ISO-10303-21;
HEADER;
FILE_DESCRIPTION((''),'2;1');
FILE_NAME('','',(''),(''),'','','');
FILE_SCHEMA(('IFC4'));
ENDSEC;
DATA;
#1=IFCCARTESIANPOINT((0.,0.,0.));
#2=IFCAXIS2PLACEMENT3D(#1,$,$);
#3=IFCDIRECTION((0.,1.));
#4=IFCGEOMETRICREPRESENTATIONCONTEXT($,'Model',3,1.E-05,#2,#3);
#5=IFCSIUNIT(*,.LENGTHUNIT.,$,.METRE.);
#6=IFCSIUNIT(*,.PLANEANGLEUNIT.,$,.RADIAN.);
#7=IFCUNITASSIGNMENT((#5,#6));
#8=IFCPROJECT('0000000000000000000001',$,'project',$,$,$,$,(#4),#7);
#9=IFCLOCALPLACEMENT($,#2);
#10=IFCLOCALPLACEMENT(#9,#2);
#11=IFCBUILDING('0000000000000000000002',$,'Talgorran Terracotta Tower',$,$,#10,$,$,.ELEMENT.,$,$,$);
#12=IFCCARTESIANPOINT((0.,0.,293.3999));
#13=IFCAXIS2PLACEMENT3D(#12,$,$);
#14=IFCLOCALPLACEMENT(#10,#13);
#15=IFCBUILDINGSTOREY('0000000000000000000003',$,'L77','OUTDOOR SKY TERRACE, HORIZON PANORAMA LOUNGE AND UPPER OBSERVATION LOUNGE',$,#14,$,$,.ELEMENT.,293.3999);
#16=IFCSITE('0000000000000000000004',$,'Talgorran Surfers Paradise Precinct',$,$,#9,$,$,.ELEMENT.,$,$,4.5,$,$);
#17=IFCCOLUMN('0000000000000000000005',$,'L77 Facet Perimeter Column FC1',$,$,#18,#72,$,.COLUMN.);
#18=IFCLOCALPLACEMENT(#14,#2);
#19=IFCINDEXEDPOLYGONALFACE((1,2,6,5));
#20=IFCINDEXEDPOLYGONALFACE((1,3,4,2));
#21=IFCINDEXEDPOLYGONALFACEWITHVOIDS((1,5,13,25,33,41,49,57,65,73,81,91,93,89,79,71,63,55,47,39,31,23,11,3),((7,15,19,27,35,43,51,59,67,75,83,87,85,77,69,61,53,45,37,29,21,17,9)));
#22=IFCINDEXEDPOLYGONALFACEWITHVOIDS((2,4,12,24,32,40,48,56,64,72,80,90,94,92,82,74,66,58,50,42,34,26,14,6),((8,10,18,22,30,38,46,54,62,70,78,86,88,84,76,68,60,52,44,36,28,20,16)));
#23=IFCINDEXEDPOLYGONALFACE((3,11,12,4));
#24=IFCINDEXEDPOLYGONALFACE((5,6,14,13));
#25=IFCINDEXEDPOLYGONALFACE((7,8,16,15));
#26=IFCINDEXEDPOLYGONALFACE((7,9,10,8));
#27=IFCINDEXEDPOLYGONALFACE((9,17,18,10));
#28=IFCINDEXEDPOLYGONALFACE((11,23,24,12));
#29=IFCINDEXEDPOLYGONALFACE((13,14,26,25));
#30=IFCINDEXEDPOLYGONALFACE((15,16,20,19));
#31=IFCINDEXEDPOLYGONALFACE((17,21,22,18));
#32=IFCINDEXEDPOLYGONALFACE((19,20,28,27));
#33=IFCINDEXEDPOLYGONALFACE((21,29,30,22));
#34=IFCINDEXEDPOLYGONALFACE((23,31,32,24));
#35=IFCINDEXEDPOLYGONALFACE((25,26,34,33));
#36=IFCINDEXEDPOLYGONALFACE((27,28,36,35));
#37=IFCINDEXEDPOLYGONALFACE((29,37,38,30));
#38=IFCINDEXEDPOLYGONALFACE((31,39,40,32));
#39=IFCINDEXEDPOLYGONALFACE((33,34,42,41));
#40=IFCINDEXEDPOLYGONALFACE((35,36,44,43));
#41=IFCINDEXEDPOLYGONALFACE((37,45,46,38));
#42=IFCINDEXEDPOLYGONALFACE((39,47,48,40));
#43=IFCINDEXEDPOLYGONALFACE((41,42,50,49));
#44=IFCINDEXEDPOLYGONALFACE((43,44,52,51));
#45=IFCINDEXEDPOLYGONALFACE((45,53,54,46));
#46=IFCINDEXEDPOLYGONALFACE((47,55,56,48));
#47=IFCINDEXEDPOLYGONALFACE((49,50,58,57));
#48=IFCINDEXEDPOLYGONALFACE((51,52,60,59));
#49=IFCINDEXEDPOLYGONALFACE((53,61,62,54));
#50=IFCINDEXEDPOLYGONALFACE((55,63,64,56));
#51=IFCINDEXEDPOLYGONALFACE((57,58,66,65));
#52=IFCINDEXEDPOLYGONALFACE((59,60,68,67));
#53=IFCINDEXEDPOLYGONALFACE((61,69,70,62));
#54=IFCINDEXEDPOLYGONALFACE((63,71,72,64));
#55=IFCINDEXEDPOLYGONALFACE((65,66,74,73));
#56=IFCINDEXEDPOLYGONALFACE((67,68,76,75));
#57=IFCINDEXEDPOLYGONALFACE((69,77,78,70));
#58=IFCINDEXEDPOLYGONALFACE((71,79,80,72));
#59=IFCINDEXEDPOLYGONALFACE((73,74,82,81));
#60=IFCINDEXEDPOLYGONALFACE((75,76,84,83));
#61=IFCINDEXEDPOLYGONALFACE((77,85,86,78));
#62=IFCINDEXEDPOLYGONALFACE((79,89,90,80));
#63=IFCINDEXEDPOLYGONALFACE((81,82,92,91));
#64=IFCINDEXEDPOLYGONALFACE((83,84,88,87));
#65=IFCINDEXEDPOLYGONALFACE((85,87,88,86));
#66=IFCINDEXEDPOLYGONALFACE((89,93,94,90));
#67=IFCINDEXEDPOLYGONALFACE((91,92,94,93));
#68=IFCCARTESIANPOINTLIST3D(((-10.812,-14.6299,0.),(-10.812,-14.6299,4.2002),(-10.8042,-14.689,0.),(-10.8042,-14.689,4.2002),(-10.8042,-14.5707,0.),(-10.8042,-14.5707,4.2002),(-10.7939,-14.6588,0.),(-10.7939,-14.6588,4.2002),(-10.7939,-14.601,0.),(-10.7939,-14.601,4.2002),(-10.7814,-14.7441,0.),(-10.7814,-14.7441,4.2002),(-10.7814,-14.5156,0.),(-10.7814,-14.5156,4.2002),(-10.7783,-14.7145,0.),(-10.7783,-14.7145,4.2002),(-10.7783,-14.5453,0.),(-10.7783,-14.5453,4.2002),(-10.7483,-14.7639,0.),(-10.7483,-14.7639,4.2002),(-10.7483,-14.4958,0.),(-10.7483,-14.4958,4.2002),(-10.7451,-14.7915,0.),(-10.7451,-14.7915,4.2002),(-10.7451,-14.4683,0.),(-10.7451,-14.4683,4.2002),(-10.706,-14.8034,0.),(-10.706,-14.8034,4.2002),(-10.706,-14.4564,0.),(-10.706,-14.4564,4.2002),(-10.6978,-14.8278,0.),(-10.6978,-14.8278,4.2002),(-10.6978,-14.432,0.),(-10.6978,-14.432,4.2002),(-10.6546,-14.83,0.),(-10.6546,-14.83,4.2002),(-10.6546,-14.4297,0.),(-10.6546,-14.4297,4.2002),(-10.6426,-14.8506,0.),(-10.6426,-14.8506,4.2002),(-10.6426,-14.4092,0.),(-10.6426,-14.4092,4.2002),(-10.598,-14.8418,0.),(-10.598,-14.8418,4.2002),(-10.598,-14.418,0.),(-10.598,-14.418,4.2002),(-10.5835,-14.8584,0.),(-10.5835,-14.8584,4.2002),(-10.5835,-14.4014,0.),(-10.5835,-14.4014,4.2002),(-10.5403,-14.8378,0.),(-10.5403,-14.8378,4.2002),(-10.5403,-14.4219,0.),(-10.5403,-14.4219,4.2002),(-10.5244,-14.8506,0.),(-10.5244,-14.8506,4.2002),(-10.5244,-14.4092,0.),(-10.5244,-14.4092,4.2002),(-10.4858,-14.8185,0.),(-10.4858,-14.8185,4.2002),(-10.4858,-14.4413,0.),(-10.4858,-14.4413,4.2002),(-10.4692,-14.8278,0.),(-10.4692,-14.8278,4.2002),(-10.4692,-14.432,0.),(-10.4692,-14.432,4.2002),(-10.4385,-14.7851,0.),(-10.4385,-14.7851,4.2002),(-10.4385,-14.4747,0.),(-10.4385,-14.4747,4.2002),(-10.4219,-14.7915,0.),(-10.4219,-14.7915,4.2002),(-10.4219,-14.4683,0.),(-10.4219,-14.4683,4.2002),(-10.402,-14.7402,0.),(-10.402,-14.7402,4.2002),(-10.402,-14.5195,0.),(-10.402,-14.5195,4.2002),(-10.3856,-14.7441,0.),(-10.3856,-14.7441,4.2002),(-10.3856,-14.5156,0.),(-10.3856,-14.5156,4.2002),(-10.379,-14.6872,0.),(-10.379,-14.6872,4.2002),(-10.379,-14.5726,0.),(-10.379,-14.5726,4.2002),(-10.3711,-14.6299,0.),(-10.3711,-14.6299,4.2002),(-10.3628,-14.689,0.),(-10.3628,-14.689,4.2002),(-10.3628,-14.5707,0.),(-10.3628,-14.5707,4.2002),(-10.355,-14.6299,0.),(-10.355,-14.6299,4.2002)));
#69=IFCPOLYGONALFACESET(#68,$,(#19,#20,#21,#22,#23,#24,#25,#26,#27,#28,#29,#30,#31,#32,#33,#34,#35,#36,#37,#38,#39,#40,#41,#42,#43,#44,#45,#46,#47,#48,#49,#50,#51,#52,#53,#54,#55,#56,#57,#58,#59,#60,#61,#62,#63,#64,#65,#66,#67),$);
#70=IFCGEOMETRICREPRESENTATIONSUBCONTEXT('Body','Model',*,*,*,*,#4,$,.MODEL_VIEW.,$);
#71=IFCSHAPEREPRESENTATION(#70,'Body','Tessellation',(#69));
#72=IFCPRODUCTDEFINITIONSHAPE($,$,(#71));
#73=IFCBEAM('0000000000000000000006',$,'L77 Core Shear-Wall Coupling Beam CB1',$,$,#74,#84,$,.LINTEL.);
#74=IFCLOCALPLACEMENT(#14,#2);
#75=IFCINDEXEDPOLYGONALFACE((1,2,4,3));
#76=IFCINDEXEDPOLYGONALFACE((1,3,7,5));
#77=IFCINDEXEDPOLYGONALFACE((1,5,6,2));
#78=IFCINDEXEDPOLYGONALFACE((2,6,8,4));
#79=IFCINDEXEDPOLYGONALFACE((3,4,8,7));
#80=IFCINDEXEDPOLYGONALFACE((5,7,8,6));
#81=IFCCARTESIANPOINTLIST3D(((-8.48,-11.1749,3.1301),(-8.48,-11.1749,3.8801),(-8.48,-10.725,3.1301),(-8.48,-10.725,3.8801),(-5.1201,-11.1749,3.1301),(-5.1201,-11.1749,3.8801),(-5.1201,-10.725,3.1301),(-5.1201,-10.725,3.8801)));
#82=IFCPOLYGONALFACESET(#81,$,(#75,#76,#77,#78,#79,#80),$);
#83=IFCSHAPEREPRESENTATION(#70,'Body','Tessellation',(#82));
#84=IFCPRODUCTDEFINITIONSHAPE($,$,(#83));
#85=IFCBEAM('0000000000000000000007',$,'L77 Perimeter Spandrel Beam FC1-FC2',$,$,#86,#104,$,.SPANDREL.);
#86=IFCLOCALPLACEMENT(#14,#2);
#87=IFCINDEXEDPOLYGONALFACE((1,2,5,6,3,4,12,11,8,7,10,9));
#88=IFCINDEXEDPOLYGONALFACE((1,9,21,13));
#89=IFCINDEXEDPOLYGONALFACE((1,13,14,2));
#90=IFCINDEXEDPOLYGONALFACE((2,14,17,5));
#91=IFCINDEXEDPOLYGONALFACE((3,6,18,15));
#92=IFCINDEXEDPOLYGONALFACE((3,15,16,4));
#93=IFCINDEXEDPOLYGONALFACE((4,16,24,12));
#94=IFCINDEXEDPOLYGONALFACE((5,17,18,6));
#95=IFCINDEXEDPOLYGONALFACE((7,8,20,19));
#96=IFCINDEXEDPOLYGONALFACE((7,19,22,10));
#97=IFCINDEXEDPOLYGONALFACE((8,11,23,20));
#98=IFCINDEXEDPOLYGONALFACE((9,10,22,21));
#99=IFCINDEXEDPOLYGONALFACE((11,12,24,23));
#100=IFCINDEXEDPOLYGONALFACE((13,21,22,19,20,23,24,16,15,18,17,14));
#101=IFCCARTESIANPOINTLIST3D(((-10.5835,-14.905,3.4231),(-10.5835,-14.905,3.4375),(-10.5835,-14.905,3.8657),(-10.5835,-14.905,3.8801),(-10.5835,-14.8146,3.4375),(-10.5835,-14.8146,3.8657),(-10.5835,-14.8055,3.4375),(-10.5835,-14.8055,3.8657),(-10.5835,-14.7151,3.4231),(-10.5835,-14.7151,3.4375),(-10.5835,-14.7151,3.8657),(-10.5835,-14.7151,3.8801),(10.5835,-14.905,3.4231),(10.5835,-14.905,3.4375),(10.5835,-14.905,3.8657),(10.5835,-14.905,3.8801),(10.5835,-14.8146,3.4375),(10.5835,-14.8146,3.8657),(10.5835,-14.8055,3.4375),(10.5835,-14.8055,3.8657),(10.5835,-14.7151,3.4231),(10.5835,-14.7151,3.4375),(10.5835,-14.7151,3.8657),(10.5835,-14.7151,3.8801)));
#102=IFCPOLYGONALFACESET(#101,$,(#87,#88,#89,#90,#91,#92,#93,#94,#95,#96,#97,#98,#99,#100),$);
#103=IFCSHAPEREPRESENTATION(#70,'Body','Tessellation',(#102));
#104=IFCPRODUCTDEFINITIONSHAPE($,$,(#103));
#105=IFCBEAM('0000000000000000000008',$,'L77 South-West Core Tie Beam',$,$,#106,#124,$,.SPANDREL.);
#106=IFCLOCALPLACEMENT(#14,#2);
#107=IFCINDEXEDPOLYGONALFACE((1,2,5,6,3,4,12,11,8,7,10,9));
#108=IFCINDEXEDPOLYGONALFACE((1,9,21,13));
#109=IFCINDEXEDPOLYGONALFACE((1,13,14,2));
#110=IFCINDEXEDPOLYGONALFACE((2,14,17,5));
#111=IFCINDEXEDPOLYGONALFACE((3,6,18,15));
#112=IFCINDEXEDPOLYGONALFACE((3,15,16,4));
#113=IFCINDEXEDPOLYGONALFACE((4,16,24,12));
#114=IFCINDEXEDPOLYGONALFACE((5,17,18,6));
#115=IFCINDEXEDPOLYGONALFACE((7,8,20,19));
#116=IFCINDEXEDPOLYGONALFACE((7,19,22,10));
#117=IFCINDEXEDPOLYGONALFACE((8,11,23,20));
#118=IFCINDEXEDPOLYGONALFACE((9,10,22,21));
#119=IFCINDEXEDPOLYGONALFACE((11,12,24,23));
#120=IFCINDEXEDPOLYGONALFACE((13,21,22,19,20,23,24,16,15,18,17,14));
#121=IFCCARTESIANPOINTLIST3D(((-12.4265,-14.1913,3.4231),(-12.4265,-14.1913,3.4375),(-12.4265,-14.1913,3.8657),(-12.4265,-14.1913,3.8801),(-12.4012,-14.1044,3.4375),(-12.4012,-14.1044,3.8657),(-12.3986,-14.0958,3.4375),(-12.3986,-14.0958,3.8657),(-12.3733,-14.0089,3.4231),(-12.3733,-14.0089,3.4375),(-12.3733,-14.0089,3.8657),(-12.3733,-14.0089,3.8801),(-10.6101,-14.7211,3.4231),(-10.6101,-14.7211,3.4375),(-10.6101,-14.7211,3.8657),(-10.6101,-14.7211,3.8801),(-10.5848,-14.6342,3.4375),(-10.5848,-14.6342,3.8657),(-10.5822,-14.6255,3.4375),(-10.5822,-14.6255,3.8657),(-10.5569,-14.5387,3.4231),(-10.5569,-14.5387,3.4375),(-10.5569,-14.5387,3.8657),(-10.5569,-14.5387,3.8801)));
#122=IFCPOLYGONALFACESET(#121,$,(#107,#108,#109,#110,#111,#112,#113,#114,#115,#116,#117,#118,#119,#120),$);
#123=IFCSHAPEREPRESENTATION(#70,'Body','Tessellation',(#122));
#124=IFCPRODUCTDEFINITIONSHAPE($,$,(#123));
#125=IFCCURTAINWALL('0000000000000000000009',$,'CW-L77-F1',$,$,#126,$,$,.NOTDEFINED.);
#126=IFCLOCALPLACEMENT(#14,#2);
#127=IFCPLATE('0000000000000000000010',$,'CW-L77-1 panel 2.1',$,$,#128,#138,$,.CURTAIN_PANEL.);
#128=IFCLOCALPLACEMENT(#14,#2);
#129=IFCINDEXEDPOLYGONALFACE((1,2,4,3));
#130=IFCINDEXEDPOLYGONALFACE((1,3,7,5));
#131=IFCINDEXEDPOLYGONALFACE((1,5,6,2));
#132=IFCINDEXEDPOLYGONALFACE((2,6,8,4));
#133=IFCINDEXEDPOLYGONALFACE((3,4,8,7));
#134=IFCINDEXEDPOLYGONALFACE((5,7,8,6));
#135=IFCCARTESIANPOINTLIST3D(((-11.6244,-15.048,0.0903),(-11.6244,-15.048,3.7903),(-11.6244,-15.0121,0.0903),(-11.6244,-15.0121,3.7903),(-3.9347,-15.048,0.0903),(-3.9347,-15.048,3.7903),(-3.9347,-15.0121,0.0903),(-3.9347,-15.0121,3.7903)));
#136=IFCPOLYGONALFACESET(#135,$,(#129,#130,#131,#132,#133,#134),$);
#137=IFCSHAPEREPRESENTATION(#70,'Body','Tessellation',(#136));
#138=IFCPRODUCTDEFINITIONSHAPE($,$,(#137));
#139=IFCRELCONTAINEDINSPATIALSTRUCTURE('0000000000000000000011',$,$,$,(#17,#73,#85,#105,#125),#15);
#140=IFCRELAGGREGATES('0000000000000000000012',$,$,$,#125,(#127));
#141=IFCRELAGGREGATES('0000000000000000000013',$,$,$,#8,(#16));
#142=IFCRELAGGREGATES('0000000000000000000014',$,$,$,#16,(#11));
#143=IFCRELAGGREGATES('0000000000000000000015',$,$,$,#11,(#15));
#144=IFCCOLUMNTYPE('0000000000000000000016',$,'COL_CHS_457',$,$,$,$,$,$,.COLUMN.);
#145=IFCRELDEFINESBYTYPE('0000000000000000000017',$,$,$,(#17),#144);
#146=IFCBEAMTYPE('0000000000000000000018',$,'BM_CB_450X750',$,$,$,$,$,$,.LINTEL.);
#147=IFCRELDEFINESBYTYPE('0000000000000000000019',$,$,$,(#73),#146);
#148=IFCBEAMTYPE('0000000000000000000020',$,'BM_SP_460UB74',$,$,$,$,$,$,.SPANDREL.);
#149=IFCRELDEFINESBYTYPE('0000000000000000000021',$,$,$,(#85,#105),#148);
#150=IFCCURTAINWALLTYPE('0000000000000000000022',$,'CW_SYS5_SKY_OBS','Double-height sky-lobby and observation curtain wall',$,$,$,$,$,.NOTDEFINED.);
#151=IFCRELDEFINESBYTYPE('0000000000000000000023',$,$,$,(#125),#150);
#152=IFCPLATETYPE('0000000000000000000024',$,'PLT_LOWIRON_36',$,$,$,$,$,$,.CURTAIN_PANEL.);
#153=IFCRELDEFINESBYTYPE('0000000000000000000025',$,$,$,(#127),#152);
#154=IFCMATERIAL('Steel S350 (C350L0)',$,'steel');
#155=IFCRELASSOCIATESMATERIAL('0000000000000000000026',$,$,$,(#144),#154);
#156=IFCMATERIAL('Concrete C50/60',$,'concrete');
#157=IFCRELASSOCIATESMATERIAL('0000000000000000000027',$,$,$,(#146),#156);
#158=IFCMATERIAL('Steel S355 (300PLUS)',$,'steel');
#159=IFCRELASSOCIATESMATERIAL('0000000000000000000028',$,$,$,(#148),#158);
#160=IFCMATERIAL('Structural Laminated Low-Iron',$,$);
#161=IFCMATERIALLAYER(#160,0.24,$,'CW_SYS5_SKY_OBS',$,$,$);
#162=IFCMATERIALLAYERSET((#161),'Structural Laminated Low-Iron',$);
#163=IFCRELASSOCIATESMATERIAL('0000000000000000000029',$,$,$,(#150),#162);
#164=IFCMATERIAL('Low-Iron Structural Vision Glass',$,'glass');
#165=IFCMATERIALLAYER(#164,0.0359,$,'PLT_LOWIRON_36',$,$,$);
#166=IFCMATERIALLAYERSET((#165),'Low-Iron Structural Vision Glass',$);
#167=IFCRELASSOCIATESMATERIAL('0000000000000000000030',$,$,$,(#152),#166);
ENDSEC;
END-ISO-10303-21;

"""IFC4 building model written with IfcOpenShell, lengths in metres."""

from ifc_helpers import new_model, si_unit, direction, frame, origin, origin_2d, place, context, subcontext, project, spatial, rectangle, hollow_circle, i_section, extrude, source, transform, mapped, material, layer, layer_set, material_profile, profile_set, type_object, type_shapes, element, aggregate, save


model = new_model("IFC4")

# Units and contexts
model_context = context("Model", 3, precision=1e-05, world=origin(), true_north=direction((0.0, 1.0)))
body_context = subcontext(model_context, "Body", "Model", "MODEL_VIEW")
ifc_project = project(units=[si_unit("LENGTHUNIT", "METRE"), si_unit("PLANEANGLEUNIT", "RADIAN")], contexts=[model_context])

# Site, building, storey
site_placement = place(None, origin())
site = spatial("IfcSite", under=ifc_project, at=site_placement, Name="Talgorran Surfers Paradise Precinct", CompositionType="ELEMENT", RefElevation=4.5)
building_placement = place(site_placement, origin())
building = spatial("IfcBuilding", under=site, at=building_placement, Name="Talgorran Terracotta Tower", CompositionType="ELEMENT")
storey_placement = place(building_placement, frame((0.0, 0.0, 293.3999)))
storey = spatial("IfcBuildingStorey", under=building, at=storey_placement, Name="L77", Description="OUTDOOR SKY TERRACE, HORIZON PANORAMA LOUNGE AND UPPER OBSERVATION LOUNGE", CompositionType="ELEMENT", Elevation=293.3999)

# Column
ifc_material_1 = material(Name="Steel S350 (C350L0)", Category="steel")
ifc_material_profile_1 = material_profile(ifc_material_1, hollow_circle(Radius=0.2285, WallThickness=0.0161, at=origin_2d()), Name="CHS457X16")
ifc_profile_set_1 = profile_set([ifc_material_profile_1], Name="Steel S350 (C350L0)")
column_type = type_object("IfcColumnType", Name="COL_CHS_457", PredefinedType="COLUMN", material=ifc_profile_set_1)
column_placement = place(storey_placement, frame((-10.5835, -14.6299, 0.0), z_axis=(0.0, 0.0, 1.0), x_axis=(1.0, 0.0, 0.0)))
element("IfcColumn", 1, at=column_placement, inside=storey, type_object=column_type, Name="L77 Facet Perimeter Column FC1", PredefinedType="COLUMN", context=body_context, shape_type="SweptSolid", body=[
    extrude(hollow_circle(Radius=0.2285, WallThickness=0.0161, at=origin_2d()), origin(), (0.0, 0.0, 1.0), 4.2002),
])

# Beams
ifc_material_2 = material(Name="Concrete C50/60", Category="concrete")
ifc_material_profile_2 = material_profile(ifc_material_2, rectangle(XDim=0.45, YDim=0.75, at=origin_2d()), Name="RCCB450X750")
ifc_profile_set_2 = profile_set([ifc_material_profile_2], Name="Concrete C50/60")
beam_type_1 = type_object("IfcBeamType", Name="BM_CB_450X750", PredefinedType="LINTEL", material=ifc_profile_set_2)
beam_1_placement = place(storey_placement, frame((-8.48, -10.95, 3.5051), z_axis=(1.0, 0.0, 0.0), x_axis=(0.0, 1.0, 0.0)))
element("IfcBeam", 2, at=beam_1_placement, inside=storey, type_object=beam_type_1, Name="L77 Core Shear-Wall Coupling Beam CB1", PredefinedType="LINTEL", context=body_context, shape_type="SweptSolid", body=[
    extrude(rectangle(XDim=0.45, YDim=0.75, at=origin_2d()), origin(), (0.0, 0.0, 1.0), 3.3599),
])
ifc_material_3 = material(Name="Steel S355 (300PLUS)", Category="steel")
ifc_material_profile_3 = material_profile(ifc_material_3, i_section(OverallWidth=0.1899, OverallDepth=0.457, WebThickness=0.009, FlangeThickness=0.0144, at=origin_2d()), Name="460UB74.6")
ifc_profile_set_3 = profile_set([ifc_material_profile_3], Name="Steel S355 (300PLUS)")
beam_type_2 = type_object("IfcBeamType", Name="BM_SP_460UB74", PredefinedType="SPANDREL", material=ifc_profile_set_3)
beam_2_placement = place(storey_placement, frame((-10.5835, -14.8101, 3.6516), z_axis=(1.0, 0.0, 0.0), x_axis=(0.0, 1.0, 0.0)))
element("IfcBeam", 3, at=beam_2_placement, inside=storey, type_object=beam_type_2, Name="L77 Perimeter Spandrel Beam FC1-FC2", PredefinedType="SPANDREL", context=body_context, shape_type="SweptSolid", body=[
    extrude(i_section(OverallWidth=0.1899, OverallDepth=0.457, WebThickness=0.009, FlangeThickness=0.0144, at=origin_2d()), origin(), (0.0, 0.0, 1.0), 21.167),
])
beam_3_placement = place(storey_placement, frame((-10.5835, -14.6299, 3.6516), z_axis=(-0.96, 0.28, 0.0), x_axis=(-0.28, -0.96, 0.0)))
element("IfcBeam", 4, at=beam_3_placement, inside=storey, type_object=beam_type_2, Name="L77 South-West Core Tie Beam", PredefinedType="SPANDREL", context=body_context, shape_type="SweptSolid", body=[
    extrude(i_section(OverallWidth=0.1899, OverallDepth=0.457, WebThickness=0.009, FlangeThickness=0.0144, at=origin_2d()), origin(), (0.0, 0.0, 1.0), 1.8921),
])

# Curtain wall, plate
ifc_material_4 = material(Name="Structural Laminated Low-Iron")
ifc_layer_1 = layer(ifc_material_4, 0.24, Name="CW_SYS5_SKY_OBS")
ifc_layer_set_1 = layer_set([ifc_layer_1], Name="Structural Laminated Low-Iron")
curtain_wall_type = type_object("IfcCurtainWallType", Name="CW_SYS5_SKY_OBS", Description="Double-height sky-lobby and observation curtain wall", PredefinedType="NOTDEFINED", material=ifc_layer_set_1)
curtain_wall_placement = place(storey_placement, origin())
curtain_wall = element("IfcCurtainWall", 5, at=curtain_wall_placement, inside=storey, type_object=curtain_wall_type, Name="CW-L77-F1", PredefinedType="NOTDEFINED")
ifc_material_5 = material(Name="Low-Iron Structural Vision Glass", Category="glass")
ifc_layer_2 = layer(ifc_material_5, 0.0359, Name="PLT_LOWIRON_36")
ifc_layer_set_2 = layer_set([ifc_layer_2], Name="Low-Iron Structural Vision Glass")
plate_type = type_object("IfcPlateType", Name="PLT_LOWIRON_36", PredefinedType="CURTAIN_PANEL", material=ifc_layer_set_2)
shared_shape = source(origin(), body_context, "Body", "SweptSolid", [
    extrude(rectangle(XDim=7.6897, YDim=0.0359, at=origin_2d()), origin(), (0.0, 0.0, 1.0), 3.7),
])
type_shapes(plate_type, [shared_shape])
plate_placement = place(storey_placement, frame((-7.7795, -15.03, 0.0903), z_axis=(0.0, 0.0, 1.0), x_axis=(1.0, 0.0, 0.0)))
plate = element("IfcPlate", 6, at=plate_placement, type_object=plate_type, Name="CW-L77-1 panel 2.1", PredefinedType="CURTAIN_PANEL", context=body_context, shape_type="MappedRepresentation", body=[
    mapped(shared_shape, transform((0.0, 0.0, 0.0), scale=1.0)),
])
aggregate(curtain_wall, [plate])

save(model, "model.ifc")
